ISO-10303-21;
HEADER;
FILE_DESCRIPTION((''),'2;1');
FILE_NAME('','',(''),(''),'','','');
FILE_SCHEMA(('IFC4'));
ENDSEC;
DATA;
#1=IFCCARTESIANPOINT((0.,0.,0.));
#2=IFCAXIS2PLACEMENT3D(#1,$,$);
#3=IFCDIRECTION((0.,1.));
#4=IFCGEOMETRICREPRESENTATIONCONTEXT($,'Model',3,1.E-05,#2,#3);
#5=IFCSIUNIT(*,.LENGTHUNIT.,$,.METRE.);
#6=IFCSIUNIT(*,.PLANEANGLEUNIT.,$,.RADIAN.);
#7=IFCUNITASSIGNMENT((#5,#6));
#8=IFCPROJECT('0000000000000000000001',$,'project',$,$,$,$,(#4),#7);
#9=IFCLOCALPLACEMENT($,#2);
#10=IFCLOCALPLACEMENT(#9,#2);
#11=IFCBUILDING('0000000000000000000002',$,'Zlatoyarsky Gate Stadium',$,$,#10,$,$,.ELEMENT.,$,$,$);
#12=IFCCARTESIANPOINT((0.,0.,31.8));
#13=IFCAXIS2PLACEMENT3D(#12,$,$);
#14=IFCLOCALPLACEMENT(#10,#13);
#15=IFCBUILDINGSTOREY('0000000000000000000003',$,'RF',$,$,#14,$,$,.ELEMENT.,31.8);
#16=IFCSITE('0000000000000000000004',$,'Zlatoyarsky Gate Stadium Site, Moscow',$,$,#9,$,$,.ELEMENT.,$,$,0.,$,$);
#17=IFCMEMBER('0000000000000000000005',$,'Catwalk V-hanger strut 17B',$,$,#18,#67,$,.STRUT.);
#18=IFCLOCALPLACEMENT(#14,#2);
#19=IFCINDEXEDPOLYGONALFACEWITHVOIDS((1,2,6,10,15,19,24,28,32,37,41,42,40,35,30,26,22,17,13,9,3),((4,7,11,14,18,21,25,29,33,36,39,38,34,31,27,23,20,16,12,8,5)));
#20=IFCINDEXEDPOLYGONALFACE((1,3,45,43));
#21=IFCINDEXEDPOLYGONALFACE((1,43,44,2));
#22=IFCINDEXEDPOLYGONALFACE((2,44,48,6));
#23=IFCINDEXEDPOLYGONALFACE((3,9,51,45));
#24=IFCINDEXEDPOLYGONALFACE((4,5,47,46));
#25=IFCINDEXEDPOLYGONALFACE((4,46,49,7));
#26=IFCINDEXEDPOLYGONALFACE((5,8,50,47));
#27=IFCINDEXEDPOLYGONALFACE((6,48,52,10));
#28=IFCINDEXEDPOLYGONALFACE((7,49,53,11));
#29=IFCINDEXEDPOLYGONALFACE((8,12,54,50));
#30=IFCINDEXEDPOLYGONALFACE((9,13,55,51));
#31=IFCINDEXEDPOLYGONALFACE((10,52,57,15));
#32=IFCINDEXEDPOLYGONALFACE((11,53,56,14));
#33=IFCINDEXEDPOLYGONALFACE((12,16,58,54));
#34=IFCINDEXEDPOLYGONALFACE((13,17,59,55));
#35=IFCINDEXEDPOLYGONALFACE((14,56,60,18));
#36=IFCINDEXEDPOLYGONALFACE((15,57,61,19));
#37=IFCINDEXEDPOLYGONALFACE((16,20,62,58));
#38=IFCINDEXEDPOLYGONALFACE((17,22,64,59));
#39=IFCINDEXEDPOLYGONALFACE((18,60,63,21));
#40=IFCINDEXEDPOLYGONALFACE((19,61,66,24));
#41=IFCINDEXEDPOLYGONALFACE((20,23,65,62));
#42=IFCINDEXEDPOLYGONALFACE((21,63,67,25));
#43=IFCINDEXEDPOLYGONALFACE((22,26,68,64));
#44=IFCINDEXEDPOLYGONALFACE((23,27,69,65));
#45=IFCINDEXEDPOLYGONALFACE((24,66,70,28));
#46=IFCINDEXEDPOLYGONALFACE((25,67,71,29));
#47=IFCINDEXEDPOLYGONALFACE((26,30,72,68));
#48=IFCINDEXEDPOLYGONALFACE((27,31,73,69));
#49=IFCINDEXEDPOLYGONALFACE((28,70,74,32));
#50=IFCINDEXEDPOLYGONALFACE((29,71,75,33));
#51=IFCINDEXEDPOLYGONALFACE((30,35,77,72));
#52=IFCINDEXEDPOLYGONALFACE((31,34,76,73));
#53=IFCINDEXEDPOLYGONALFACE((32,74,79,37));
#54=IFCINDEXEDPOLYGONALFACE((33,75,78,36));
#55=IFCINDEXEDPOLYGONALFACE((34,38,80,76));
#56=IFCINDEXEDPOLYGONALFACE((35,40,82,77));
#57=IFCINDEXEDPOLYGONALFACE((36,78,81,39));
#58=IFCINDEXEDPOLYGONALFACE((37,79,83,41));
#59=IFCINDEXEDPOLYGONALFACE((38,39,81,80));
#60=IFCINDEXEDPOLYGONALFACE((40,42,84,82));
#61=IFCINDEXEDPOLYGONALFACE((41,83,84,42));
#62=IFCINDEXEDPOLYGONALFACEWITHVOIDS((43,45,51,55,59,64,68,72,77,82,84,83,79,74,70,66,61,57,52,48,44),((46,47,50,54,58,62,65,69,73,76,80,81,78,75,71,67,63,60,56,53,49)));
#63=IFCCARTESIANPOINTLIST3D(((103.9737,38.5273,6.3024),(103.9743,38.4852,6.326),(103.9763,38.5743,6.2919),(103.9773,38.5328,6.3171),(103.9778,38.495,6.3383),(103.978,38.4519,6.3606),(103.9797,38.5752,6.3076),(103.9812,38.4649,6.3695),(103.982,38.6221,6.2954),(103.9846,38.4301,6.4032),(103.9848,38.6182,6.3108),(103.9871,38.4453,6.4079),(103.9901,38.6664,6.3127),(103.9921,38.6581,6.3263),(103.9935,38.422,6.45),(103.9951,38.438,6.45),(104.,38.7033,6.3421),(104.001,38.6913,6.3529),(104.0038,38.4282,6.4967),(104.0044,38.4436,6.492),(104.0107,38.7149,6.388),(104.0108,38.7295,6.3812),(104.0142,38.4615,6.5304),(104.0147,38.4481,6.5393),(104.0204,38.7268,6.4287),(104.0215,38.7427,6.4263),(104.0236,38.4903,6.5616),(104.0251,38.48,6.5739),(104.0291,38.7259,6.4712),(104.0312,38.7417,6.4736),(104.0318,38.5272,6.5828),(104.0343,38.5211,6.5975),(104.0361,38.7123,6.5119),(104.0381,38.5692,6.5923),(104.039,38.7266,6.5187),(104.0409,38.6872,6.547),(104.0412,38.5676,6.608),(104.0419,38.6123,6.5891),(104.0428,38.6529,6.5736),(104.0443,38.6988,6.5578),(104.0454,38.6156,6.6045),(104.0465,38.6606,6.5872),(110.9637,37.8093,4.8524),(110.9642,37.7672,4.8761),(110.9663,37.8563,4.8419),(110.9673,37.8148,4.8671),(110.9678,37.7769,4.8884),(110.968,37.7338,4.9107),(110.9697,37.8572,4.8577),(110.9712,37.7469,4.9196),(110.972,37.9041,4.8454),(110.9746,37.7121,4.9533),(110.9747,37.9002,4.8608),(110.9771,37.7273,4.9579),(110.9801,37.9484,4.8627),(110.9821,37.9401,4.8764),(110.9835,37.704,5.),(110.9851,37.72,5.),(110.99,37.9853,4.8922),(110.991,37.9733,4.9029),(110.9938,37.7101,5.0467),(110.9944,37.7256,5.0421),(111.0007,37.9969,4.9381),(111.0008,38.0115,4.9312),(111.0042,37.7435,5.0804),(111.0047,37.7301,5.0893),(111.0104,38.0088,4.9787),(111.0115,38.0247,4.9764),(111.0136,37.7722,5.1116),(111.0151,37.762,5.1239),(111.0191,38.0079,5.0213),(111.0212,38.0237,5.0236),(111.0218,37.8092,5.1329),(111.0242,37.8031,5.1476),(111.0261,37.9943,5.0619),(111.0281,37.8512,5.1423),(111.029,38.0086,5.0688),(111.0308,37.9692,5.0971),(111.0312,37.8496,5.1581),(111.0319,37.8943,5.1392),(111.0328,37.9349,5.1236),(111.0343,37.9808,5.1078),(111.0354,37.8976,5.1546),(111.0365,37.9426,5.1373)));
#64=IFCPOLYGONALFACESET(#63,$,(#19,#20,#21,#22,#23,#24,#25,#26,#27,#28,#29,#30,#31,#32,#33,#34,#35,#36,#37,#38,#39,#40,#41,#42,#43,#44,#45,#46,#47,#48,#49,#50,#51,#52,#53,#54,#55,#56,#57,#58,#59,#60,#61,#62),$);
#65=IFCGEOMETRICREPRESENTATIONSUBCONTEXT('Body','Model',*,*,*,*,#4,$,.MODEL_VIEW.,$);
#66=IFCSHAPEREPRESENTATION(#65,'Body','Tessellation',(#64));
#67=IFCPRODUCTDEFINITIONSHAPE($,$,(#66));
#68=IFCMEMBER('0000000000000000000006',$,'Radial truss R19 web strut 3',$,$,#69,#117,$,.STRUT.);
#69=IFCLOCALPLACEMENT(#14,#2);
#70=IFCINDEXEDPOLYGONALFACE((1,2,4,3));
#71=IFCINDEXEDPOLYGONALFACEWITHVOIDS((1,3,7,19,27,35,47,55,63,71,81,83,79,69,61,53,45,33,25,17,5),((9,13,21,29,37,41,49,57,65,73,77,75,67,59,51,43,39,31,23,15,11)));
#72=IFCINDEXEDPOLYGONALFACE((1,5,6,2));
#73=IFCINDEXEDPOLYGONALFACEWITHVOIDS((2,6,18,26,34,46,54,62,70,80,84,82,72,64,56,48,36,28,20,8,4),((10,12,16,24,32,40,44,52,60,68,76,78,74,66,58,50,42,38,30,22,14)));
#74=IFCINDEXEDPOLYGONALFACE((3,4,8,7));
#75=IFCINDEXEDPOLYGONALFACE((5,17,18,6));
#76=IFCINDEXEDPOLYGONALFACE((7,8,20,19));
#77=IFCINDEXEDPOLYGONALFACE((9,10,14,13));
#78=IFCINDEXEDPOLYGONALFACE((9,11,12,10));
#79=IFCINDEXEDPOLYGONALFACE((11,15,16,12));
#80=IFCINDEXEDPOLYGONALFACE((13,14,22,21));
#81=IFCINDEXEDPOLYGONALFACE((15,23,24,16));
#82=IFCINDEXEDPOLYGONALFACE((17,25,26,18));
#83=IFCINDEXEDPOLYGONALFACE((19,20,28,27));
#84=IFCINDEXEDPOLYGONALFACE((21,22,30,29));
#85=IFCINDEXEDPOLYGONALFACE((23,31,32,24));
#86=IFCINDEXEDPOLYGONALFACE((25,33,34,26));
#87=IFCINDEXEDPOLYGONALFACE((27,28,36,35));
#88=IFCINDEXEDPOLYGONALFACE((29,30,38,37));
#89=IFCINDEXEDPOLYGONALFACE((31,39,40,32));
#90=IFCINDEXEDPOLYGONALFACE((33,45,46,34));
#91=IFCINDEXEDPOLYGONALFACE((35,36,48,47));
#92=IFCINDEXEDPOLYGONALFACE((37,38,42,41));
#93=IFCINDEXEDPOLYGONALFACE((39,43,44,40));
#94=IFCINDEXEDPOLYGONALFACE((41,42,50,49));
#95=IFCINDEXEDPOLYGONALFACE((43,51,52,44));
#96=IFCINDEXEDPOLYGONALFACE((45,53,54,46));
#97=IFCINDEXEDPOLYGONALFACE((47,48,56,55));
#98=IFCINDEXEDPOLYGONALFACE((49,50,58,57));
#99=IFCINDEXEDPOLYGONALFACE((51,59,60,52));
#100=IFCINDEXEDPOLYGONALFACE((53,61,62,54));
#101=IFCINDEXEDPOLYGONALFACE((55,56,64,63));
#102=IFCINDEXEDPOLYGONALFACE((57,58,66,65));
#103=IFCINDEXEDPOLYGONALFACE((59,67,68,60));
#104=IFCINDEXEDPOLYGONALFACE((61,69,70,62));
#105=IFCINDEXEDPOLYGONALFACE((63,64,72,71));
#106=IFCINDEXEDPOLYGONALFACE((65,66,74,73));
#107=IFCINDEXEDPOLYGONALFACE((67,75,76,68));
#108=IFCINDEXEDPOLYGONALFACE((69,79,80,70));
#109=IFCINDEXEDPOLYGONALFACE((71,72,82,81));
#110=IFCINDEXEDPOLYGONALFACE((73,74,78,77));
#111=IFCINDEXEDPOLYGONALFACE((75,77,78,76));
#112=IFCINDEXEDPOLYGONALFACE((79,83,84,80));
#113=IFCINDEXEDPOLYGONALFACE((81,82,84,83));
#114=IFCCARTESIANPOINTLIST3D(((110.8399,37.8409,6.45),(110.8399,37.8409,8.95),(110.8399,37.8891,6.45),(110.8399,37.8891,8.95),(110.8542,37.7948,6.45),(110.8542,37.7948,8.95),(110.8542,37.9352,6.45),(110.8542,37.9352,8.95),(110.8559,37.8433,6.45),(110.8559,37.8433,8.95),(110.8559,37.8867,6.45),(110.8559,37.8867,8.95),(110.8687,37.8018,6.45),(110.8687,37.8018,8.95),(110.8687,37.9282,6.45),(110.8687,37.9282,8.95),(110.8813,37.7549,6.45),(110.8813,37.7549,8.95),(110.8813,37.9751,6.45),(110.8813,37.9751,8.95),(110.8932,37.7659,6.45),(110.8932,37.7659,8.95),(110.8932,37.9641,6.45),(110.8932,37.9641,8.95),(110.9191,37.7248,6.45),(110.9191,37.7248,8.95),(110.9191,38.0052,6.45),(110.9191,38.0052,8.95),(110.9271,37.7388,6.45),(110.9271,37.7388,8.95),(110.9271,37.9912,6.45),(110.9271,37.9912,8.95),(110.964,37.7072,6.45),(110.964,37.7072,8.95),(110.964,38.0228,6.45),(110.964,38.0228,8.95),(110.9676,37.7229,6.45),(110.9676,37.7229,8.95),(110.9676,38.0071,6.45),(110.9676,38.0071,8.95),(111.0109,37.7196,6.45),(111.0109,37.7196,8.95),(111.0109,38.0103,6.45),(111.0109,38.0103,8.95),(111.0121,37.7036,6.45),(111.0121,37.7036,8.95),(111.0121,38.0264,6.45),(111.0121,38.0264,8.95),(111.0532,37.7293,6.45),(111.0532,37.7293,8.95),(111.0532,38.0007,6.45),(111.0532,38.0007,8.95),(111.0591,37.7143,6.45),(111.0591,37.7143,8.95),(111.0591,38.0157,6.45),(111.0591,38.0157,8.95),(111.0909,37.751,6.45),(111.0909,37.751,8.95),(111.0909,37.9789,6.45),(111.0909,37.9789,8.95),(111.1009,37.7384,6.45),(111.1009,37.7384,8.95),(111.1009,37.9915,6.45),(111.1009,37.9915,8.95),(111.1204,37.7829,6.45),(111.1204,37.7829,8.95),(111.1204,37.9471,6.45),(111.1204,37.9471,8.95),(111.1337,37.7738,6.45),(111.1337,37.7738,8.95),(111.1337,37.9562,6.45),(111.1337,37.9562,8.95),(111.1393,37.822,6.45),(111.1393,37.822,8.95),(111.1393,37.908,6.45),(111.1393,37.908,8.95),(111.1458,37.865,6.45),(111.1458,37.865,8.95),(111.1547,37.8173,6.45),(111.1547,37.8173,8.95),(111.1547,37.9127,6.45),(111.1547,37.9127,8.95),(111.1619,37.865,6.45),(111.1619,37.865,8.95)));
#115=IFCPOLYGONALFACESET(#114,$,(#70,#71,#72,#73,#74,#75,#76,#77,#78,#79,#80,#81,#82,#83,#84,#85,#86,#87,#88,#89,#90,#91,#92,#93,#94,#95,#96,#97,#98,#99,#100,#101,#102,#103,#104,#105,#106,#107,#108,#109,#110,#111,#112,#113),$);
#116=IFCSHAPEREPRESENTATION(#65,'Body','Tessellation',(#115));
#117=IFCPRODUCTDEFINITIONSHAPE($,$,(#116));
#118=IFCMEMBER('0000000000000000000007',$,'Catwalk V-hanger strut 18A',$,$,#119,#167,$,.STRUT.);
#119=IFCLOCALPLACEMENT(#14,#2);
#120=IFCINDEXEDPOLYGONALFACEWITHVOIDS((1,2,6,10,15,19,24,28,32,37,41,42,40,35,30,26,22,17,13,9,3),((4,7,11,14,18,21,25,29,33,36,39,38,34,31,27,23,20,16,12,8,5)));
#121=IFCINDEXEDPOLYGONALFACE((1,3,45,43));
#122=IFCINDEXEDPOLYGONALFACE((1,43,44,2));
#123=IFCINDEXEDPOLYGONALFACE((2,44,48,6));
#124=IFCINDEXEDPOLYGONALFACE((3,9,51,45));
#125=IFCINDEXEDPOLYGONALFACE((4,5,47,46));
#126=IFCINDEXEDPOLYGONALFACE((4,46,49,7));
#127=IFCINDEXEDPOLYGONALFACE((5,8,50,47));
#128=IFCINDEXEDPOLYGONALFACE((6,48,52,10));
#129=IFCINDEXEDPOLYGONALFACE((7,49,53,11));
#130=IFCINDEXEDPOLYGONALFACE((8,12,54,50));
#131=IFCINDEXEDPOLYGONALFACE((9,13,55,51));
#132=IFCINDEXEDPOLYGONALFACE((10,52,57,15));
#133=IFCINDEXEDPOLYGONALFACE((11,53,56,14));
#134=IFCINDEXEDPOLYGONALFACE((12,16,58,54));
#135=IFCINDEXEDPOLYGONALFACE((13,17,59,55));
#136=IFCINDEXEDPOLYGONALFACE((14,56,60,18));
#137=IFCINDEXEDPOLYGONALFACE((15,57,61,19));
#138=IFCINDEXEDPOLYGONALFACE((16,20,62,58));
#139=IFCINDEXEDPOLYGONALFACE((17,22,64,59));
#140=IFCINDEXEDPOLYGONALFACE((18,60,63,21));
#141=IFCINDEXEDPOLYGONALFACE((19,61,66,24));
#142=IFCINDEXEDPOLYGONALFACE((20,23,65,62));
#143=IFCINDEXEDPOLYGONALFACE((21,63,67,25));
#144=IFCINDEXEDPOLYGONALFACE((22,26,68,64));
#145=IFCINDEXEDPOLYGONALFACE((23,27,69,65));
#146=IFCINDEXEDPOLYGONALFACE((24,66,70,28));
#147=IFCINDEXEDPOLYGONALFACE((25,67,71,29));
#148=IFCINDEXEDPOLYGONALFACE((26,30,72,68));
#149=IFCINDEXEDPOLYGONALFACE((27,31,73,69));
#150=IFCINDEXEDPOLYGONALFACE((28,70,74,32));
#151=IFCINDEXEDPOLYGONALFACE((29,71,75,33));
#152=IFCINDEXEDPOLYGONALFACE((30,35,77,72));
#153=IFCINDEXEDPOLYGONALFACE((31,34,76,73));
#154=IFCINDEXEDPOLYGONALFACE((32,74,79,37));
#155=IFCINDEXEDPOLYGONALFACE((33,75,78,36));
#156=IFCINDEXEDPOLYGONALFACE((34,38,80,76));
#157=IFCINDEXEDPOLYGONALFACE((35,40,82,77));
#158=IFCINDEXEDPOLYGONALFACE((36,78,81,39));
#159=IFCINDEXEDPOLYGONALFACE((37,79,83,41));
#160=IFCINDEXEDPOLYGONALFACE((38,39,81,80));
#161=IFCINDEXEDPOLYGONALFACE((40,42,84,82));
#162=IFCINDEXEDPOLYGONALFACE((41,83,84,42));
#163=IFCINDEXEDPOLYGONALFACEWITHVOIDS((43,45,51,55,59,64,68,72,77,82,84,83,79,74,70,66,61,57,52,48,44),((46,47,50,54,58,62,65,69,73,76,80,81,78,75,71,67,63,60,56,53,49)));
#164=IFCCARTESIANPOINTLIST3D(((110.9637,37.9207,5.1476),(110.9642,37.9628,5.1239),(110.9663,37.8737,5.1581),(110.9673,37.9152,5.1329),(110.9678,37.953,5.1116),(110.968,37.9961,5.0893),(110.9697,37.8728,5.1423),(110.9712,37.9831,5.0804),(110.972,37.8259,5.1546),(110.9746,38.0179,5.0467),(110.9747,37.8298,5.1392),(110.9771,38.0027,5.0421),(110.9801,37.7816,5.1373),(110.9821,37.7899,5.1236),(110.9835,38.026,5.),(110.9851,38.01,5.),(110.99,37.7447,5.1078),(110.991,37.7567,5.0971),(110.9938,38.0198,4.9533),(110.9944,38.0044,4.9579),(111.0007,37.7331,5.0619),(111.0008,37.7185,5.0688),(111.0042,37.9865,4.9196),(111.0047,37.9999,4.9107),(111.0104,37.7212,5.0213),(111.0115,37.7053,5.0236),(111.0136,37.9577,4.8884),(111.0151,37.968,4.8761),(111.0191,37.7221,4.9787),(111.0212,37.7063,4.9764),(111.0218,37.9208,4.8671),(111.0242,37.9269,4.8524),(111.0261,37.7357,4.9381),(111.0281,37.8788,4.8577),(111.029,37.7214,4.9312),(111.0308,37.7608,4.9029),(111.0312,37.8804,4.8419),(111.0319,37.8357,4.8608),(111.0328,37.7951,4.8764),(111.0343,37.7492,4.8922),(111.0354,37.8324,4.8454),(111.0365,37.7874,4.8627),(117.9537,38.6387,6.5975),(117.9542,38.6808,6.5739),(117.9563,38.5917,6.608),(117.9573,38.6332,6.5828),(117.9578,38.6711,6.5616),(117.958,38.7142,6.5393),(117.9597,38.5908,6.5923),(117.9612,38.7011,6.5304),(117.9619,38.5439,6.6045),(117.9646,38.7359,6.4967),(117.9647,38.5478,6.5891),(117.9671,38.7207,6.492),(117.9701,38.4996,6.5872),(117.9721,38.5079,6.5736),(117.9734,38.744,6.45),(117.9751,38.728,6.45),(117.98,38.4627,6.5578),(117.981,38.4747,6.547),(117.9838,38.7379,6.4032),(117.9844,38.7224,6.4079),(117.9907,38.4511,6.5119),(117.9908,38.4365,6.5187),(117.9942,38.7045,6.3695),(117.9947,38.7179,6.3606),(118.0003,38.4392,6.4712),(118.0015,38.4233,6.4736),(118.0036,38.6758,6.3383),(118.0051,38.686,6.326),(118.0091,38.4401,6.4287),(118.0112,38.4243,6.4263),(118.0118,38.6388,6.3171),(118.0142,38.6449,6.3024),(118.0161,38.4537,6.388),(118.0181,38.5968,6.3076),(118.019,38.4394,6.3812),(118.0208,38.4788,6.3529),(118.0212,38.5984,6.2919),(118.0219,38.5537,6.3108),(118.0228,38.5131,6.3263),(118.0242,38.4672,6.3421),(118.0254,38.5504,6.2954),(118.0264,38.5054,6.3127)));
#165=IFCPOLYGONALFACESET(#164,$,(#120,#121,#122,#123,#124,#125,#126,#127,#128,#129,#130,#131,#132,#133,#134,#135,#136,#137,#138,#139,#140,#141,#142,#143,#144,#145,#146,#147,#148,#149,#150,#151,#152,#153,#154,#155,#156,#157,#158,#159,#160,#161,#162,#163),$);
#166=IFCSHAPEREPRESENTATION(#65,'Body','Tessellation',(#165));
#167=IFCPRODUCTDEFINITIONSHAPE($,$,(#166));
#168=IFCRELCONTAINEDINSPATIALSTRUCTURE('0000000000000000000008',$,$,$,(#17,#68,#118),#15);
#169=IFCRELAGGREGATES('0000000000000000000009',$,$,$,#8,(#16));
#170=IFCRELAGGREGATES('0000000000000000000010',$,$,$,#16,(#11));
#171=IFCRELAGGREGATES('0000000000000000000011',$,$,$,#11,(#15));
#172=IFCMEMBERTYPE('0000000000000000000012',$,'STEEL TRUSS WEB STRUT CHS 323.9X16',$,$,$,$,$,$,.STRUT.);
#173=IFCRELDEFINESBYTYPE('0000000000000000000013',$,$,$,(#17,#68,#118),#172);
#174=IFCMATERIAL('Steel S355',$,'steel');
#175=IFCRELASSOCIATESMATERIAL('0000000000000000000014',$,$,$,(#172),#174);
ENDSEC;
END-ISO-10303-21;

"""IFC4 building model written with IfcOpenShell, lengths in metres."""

from ifc_helpers import new_model, si_unit, direction, frame, origin, origin_2d, place, context, subcontext, project, spatial, hollow_circle, extrude, material, material_profile, profile_set, type_object, element, save


model = new_model("IFC4")

# Units and contexts
model_context = context("Model", 3, precision=1e-05, world=origin(), true_north=direction((0.0, 1.0)))
body_context = subcontext(model_context, "Body", "Model", "MODEL_VIEW")
ifc_project = project(units=[si_unit("LENGTHUNIT", "METRE"), si_unit("PLANEANGLEUNIT", "RADIAN")], contexts=[model_context])

# Site, building, storey
site_placement = place(None, origin())
site = spatial("IfcSite", under=ifc_project, at=site_placement, Name="Zlatoyarsky Gate Stadium Site, Moscow", CompositionType="ELEMENT", RefElevation=0.0)
building_placement = place(site_placement, origin())
building = spatial("IfcBuilding", under=site, at=building_placement, Name="Zlatoyarsky Gate Stadium", CompositionType="ELEMENT")
storey_placement = place(building_placement, frame((0.0, 0.0, 31.8)))
storey = spatial("IfcBuildingStorey", under=building, at=storey_placement, Name="RF", CompositionType="ELEMENT", Elevation=31.8)

# Shared definitions
ifc_material = material(Name="Steel S355", Category="steel")

# Members
ifc_material_profile_1 = material_profile(ifc_material, hollow_circle(Radius=0.1619, WallThickness=0.0161, at=origin_2d()), Name="CHS 323.9X16")
ifc_profile_set_1 = profile_set([ifc_material_profile_1], Name="Steel S355")
member_type_1 = type_object("IfcMemberType", Name="STEEL TRUSS WEB STRUT CHS 323.9X16", PredefinedType="STRUT", material=ifc_profile_set_1)
member_1_placement = place(storey_placement, frame((111.0, 37.865, 5.0), z_axis=(-0.974241, 0.100075, 0.202089), x_axis=(-0.102183, -0.994766, 0.0)))
element("IfcMember", 1, at=member_1_placement, inside=storey, type_object=member_type_1, Name="Catwalk V-hanger strut 17B", PredefinedType="STRUT", context=body_context, shape_type="SweptSolid", body=[
    extrude(hollow_circle(Radius=0.1619, WallThickness=0.0161, at=origin_2d()), origin(), (0.0, 0.0, 1.0), 7.1748),
])
member_2_placement = place(storey_placement, frame((111.0, 37.865, 6.45), z_axis=(0.0, 0.0, 1.0), x_axis=(1.0, 0.0, 0.0)))
element("IfcMember", 2, at=member_2_placement, inside=storey, type_object=member_type_1, Name="Radial truss R19 web strut 3", PredefinedType="STRUT", context=body_context, shape_type="SweptSolid", body=[
    extrude(hollow_circle(Radius=0.1619, WallThickness=0.0161, at=origin_2d()), origin(), (0.0, 0.0, 1.0), 2.5),
])
for number, where, z_axis, x_axis, name in (
    (3, (111.0, 37.865, 5.0), (0.974241, 0.100075, 0.202089), (-0.102183, 0.994766, 0.0), "Catwalk V-hanger strut 18A"),
):
    element("IfcMember", number, at=place(storey_placement, frame(where, z_axis=z_axis, x_axis=x_axis)), inside=storey, type_object=member_type_1, Name=name, PredefinedType="STRUT", context=body_context, shape_type="SweptSolid", body=[
        extrude(hollow_circle(Radius=0.1619, WallThickness=0.0161, at=origin_2d()), origin(), (0.0, 0.0, 1.0), 7.1748),
    ])

save(model, "model.ifc")
